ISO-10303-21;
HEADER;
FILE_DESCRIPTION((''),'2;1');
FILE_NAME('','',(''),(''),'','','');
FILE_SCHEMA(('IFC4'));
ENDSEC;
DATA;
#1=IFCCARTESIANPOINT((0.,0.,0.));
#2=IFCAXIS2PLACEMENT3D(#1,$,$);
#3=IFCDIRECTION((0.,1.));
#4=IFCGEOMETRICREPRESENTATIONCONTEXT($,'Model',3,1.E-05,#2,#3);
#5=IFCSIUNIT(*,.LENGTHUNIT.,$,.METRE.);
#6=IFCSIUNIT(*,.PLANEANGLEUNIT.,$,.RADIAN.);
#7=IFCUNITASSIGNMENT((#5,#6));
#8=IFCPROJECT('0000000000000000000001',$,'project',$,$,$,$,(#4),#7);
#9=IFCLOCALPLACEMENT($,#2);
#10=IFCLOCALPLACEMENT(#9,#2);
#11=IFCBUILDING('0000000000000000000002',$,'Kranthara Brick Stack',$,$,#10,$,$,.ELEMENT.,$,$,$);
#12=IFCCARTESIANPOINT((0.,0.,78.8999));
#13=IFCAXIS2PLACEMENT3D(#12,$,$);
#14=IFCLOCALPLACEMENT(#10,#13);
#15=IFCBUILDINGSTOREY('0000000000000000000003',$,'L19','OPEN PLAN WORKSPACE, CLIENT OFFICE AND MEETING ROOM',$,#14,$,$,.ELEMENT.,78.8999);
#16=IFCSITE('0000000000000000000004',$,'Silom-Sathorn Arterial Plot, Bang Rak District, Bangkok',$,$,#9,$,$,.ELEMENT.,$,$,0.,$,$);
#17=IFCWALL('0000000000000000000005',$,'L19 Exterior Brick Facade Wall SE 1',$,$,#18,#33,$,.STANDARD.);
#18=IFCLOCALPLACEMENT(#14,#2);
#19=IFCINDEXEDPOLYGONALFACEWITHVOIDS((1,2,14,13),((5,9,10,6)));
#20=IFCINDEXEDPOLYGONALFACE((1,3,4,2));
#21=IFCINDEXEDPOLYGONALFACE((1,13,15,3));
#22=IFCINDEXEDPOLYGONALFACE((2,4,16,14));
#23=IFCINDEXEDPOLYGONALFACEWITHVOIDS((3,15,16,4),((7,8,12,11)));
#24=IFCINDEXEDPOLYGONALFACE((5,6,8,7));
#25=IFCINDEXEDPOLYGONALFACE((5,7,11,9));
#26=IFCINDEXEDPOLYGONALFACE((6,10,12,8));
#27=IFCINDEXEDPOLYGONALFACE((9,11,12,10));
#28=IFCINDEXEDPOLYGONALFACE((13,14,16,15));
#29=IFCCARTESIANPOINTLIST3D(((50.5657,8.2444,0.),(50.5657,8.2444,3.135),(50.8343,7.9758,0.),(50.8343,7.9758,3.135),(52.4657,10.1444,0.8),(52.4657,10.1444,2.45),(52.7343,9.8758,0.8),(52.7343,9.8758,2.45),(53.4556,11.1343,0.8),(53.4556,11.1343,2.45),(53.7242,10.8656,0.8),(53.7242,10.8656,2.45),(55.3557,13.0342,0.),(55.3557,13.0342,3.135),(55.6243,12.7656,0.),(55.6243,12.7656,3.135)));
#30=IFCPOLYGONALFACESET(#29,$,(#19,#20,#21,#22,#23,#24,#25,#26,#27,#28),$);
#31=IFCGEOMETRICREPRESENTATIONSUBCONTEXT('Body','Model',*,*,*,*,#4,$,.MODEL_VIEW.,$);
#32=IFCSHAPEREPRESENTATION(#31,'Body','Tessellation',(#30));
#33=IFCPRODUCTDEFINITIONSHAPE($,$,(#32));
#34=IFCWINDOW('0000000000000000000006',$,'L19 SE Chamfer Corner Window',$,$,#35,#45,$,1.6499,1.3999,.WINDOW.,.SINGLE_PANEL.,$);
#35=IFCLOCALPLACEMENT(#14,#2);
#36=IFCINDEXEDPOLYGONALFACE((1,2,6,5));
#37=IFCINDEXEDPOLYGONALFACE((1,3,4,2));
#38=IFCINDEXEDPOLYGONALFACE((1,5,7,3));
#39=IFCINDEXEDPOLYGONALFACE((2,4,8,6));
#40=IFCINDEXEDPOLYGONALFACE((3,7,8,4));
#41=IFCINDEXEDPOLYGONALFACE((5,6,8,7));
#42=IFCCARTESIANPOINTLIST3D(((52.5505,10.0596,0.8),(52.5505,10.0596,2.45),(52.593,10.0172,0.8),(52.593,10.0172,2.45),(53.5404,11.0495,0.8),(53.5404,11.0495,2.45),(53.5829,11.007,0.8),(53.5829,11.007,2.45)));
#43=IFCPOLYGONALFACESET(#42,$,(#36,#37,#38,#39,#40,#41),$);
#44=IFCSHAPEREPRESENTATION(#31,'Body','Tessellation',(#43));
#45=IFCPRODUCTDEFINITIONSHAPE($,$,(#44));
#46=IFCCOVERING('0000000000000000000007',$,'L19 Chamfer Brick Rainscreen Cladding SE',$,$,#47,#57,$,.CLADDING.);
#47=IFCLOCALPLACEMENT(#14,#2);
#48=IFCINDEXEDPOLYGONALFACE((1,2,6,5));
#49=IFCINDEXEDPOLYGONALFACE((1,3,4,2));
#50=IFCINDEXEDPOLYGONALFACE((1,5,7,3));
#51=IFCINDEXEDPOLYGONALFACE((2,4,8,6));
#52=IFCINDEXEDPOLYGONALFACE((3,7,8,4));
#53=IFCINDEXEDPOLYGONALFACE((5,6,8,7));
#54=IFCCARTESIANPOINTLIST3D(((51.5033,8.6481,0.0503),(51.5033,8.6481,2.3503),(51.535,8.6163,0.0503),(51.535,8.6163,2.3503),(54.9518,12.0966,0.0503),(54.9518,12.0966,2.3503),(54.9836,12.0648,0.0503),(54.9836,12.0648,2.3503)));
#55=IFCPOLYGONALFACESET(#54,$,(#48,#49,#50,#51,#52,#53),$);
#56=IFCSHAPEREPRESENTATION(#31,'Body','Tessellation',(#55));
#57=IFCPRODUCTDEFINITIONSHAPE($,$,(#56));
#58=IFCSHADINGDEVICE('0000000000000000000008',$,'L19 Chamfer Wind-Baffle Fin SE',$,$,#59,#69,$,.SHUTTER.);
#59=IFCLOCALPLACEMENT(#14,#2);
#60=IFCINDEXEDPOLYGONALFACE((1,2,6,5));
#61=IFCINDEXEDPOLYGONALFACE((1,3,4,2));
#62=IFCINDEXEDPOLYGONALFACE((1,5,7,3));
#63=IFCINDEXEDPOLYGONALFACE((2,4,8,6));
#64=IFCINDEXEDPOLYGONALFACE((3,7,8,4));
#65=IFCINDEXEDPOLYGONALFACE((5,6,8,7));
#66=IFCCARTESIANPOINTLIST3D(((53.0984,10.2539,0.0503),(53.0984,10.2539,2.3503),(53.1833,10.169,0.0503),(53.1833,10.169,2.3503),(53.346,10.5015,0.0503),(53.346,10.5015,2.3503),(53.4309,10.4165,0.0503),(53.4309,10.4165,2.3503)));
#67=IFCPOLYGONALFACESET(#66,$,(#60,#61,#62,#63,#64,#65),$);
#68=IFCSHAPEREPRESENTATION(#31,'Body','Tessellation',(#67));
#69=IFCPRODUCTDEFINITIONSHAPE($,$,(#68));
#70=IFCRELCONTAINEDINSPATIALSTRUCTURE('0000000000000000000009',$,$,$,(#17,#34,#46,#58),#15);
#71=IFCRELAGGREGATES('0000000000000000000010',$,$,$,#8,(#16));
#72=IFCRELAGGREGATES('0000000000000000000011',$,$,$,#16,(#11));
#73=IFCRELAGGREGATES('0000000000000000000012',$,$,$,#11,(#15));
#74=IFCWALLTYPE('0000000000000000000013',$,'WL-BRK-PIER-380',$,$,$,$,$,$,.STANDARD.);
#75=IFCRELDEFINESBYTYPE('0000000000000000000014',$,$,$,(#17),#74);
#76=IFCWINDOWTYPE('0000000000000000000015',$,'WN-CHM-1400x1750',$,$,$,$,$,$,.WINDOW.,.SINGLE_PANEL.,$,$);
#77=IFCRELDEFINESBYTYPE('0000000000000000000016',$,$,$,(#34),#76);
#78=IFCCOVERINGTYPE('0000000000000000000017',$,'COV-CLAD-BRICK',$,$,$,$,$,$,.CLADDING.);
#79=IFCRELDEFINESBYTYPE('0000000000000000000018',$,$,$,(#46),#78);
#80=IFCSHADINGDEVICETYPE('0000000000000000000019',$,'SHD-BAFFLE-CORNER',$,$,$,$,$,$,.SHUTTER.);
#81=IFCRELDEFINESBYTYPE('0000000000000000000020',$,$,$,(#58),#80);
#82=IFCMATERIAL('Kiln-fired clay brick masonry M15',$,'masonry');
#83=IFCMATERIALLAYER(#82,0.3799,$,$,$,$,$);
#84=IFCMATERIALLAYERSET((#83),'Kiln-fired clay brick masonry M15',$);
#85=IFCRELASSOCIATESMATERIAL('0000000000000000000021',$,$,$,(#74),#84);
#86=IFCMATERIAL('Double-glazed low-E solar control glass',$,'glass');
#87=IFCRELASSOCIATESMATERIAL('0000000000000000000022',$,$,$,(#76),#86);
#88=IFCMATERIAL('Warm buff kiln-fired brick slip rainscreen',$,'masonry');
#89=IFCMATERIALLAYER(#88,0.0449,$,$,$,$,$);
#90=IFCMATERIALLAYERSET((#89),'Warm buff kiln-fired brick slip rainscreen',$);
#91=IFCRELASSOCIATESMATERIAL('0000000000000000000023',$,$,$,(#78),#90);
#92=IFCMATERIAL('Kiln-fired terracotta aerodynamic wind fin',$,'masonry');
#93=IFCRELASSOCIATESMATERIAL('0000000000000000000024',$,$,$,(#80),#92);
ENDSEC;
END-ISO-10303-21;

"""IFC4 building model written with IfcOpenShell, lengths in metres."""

from ifc_helpers import new_model, si_unit, direction, frame, frame_2d, origin, origin_2d, place, context, subcontext, project, spatial, rectangle, extrude, material, layer, layer_set, type_object, element, fill, save


model = new_model("IFC4")

# Units and contexts
model_context = context("Model", 3, precision=1e-05, world=origin(), true_north=direction((0.0, 1.0)))
body_context = subcontext(model_context, "Body", "Model", "MODEL_VIEW")
ifc_project = project(units=[si_unit("LENGTHUNIT", "METRE"), si_unit("PLANEANGLEUNIT", "RADIAN")], contexts=[model_context])

# Site, building, storey
site_placement = place(None, origin())
site = spatial("IfcSite", under=ifc_project, at=site_placement, Name="Silom-Sathorn Arterial Plot, Bang Rak District, Bangkok", CompositionType="ELEMENT", RefElevation=0.0)
building_placement = place(site_placement, origin())
building = spatial("IfcBuilding", under=site, at=building_placement, Name="Kranthara Brick Stack", CompositionType="ELEMENT")
storey_placement = place(building_placement, frame((0.0, 0.0, 78.8999)))
storey = spatial("IfcBuildingStorey", under=building, at=storey_placement, Name="L19", Description="OPEN PLAN WORKSPACE, CLIENT OFFICE AND MEETING ROOM", CompositionType="ELEMENT", Elevation=78.8999)

# Shared definitions
ifc_material_1 = material(Name="Kiln-fired clay brick masonry M15", Category="masonry")
ifc_layer_1 = layer(ifc_material_1, 0.3799)
ifc_layer_set_1 = layer_set([ifc_layer_1], Name="Kiln-fired clay brick masonry M15")
wall_type = type_object("IfcWallType", Name="WL-BRK-PIER-380", PredefinedType="STANDARD", material=ifc_layer_set_1)

# Wall, opening, window
wall_1_placement = place(storey_placement, frame((55.49, 12.8999, 0.0), z_axis=(0.0, 0.0, 1.0), x_axis=(-0.707125, -0.707089, 0.0)))
wall_1 = element("IfcWall", 1, at=wall_1_placement, inside=storey, type_object=wall_type, Name="L19 Exterior Brick Facade Wall SE 1", PredefinedType="STANDARD", context=body_context, shape_type="SweptSolid", body=[
    extrude(rectangle(XDim=6.7739, YDim=0.3799, at=frame_2d((3.387, 0.0))), origin(), (0.0, 0.0, 1.0), 3.135),
])
opening_1_placement = place(wall_1_placement, frame((2.687, 0.0, 0.8)))
opening_1 = element("IfcOpeningElement", 2, at=opening_1_placement, cuts=wall_1, PredefinedType="OPENING", context=body_context, shape_type="SweptSolid", body=[
    extrude(rectangle(XDim=1.3999, YDim=1.6499, at=frame_2d((0.7, 0.825))), frame((0.0, 0.2, 0.0), z_axis=(0.0, -1.0, 0.0), x_axis=(1.0, 0.0, 0.0)), (0.0, 0.0, 1.0), 0.3999),
])
ifc_material_2 = material(Name="Double-glazed low-E solar control glass", Category="glass")
window_type_1 = type_object("IfcWindowType", Name="WN-CHM-1400x1750", PartitioningType="SINGLE_PANEL", PredefinedType="WINDOW", material=ifc_material_2)
window_1_placement = place(opening_1_placement, origin())
window_1 = element("IfcWindow", 3, at=window_1_placement, inside=storey, type_object=window_type_1, Name="L19 SE Chamfer Corner Window", OverallHeight=1.6499, OverallWidth=1.3999, PartitioningType="SINGLE_PANEL", PredefinedType="WINDOW", context=body_context, shape_type="SweptSolid", body=[
    extrude(rectangle(XDim=1.3999, YDim=1.6499, at=frame_2d((0.7, 0.825))), frame((0.0, -0.01, 0.0), z_axis=(0.0, -1.0, 0.0), x_axis=(1.0, 0.0, 0.0)), (0.0, 0.0, 1.0), 0.0601),
])
fill(opening_1, window_1)

# Covering
ifc_material_3 = material(Name="Warm buff kiln-fired brick slip rainscreen", Category="masonry")
ifc_layer_2 = layer(ifc_material_3, 0.0449)
ifc_layer_set_2 = layer_set([ifc_layer_2], Name="Warm buff kiln-fired brick slip rainscreen")
covering_type = type_object("IfcCoveringType", Name="COV-CLAD-BRICK", PredefinedType="CLADDING", material=ifc_layer_set_2)
covering_placement = place(storey_placement, frame((53.2434, 10.3564, 0.0503), z_axis=(0.0, 0.0, 1.0), x_axis=(-0.707107, -0.707107, 0.0)))
element("IfcCovering", 4, at=covering_placement, inside=storey, type_object=covering_type, Name="L19 Chamfer Brick Rainscreen Cladding SE", PredefinedType="CLADDING", context=body_context, shape_type="SweptSolid", body=[
    extrude(rectangle(XDim=4.877, YDim=0.0449, at=origin_2d()), origin(), (0.0, 0.0, 1.0), 2.3),
])

# Shading device
ifc_material_4 = material(Name="Kiln-fired terracotta aerodynamic wind fin", Category="masonry")
shading_device_type = type_object("IfcShadingDeviceType", Name="SHD-BAFFLE-CORNER", PredefinedType="SHUTTER", material=ifc_material_4)
shading_device_placement = place(storey_placement, frame((53.2646, 10.3352, 0.0503), z_axis=(0.0, 0.0, 1.0), x_axis=(-0.707107, -0.707107, 0.0)))
element("IfcShadingDevice", 5, at=shading_device_placement, inside=storey, type_object=shading_device_type, Name="L19 Chamfer Wind-Baffle Fin SE", PredefinedType="SHUTTER", context=body_context, shape_type="SweptSolid", body=[
    extrude(rectangle(XDim=0.3501, YDim=0.1201, at=origin_2d()), origin(), (0.0, 0.0, 1.0), 2.3),
])

save(model, "model.ifc")
